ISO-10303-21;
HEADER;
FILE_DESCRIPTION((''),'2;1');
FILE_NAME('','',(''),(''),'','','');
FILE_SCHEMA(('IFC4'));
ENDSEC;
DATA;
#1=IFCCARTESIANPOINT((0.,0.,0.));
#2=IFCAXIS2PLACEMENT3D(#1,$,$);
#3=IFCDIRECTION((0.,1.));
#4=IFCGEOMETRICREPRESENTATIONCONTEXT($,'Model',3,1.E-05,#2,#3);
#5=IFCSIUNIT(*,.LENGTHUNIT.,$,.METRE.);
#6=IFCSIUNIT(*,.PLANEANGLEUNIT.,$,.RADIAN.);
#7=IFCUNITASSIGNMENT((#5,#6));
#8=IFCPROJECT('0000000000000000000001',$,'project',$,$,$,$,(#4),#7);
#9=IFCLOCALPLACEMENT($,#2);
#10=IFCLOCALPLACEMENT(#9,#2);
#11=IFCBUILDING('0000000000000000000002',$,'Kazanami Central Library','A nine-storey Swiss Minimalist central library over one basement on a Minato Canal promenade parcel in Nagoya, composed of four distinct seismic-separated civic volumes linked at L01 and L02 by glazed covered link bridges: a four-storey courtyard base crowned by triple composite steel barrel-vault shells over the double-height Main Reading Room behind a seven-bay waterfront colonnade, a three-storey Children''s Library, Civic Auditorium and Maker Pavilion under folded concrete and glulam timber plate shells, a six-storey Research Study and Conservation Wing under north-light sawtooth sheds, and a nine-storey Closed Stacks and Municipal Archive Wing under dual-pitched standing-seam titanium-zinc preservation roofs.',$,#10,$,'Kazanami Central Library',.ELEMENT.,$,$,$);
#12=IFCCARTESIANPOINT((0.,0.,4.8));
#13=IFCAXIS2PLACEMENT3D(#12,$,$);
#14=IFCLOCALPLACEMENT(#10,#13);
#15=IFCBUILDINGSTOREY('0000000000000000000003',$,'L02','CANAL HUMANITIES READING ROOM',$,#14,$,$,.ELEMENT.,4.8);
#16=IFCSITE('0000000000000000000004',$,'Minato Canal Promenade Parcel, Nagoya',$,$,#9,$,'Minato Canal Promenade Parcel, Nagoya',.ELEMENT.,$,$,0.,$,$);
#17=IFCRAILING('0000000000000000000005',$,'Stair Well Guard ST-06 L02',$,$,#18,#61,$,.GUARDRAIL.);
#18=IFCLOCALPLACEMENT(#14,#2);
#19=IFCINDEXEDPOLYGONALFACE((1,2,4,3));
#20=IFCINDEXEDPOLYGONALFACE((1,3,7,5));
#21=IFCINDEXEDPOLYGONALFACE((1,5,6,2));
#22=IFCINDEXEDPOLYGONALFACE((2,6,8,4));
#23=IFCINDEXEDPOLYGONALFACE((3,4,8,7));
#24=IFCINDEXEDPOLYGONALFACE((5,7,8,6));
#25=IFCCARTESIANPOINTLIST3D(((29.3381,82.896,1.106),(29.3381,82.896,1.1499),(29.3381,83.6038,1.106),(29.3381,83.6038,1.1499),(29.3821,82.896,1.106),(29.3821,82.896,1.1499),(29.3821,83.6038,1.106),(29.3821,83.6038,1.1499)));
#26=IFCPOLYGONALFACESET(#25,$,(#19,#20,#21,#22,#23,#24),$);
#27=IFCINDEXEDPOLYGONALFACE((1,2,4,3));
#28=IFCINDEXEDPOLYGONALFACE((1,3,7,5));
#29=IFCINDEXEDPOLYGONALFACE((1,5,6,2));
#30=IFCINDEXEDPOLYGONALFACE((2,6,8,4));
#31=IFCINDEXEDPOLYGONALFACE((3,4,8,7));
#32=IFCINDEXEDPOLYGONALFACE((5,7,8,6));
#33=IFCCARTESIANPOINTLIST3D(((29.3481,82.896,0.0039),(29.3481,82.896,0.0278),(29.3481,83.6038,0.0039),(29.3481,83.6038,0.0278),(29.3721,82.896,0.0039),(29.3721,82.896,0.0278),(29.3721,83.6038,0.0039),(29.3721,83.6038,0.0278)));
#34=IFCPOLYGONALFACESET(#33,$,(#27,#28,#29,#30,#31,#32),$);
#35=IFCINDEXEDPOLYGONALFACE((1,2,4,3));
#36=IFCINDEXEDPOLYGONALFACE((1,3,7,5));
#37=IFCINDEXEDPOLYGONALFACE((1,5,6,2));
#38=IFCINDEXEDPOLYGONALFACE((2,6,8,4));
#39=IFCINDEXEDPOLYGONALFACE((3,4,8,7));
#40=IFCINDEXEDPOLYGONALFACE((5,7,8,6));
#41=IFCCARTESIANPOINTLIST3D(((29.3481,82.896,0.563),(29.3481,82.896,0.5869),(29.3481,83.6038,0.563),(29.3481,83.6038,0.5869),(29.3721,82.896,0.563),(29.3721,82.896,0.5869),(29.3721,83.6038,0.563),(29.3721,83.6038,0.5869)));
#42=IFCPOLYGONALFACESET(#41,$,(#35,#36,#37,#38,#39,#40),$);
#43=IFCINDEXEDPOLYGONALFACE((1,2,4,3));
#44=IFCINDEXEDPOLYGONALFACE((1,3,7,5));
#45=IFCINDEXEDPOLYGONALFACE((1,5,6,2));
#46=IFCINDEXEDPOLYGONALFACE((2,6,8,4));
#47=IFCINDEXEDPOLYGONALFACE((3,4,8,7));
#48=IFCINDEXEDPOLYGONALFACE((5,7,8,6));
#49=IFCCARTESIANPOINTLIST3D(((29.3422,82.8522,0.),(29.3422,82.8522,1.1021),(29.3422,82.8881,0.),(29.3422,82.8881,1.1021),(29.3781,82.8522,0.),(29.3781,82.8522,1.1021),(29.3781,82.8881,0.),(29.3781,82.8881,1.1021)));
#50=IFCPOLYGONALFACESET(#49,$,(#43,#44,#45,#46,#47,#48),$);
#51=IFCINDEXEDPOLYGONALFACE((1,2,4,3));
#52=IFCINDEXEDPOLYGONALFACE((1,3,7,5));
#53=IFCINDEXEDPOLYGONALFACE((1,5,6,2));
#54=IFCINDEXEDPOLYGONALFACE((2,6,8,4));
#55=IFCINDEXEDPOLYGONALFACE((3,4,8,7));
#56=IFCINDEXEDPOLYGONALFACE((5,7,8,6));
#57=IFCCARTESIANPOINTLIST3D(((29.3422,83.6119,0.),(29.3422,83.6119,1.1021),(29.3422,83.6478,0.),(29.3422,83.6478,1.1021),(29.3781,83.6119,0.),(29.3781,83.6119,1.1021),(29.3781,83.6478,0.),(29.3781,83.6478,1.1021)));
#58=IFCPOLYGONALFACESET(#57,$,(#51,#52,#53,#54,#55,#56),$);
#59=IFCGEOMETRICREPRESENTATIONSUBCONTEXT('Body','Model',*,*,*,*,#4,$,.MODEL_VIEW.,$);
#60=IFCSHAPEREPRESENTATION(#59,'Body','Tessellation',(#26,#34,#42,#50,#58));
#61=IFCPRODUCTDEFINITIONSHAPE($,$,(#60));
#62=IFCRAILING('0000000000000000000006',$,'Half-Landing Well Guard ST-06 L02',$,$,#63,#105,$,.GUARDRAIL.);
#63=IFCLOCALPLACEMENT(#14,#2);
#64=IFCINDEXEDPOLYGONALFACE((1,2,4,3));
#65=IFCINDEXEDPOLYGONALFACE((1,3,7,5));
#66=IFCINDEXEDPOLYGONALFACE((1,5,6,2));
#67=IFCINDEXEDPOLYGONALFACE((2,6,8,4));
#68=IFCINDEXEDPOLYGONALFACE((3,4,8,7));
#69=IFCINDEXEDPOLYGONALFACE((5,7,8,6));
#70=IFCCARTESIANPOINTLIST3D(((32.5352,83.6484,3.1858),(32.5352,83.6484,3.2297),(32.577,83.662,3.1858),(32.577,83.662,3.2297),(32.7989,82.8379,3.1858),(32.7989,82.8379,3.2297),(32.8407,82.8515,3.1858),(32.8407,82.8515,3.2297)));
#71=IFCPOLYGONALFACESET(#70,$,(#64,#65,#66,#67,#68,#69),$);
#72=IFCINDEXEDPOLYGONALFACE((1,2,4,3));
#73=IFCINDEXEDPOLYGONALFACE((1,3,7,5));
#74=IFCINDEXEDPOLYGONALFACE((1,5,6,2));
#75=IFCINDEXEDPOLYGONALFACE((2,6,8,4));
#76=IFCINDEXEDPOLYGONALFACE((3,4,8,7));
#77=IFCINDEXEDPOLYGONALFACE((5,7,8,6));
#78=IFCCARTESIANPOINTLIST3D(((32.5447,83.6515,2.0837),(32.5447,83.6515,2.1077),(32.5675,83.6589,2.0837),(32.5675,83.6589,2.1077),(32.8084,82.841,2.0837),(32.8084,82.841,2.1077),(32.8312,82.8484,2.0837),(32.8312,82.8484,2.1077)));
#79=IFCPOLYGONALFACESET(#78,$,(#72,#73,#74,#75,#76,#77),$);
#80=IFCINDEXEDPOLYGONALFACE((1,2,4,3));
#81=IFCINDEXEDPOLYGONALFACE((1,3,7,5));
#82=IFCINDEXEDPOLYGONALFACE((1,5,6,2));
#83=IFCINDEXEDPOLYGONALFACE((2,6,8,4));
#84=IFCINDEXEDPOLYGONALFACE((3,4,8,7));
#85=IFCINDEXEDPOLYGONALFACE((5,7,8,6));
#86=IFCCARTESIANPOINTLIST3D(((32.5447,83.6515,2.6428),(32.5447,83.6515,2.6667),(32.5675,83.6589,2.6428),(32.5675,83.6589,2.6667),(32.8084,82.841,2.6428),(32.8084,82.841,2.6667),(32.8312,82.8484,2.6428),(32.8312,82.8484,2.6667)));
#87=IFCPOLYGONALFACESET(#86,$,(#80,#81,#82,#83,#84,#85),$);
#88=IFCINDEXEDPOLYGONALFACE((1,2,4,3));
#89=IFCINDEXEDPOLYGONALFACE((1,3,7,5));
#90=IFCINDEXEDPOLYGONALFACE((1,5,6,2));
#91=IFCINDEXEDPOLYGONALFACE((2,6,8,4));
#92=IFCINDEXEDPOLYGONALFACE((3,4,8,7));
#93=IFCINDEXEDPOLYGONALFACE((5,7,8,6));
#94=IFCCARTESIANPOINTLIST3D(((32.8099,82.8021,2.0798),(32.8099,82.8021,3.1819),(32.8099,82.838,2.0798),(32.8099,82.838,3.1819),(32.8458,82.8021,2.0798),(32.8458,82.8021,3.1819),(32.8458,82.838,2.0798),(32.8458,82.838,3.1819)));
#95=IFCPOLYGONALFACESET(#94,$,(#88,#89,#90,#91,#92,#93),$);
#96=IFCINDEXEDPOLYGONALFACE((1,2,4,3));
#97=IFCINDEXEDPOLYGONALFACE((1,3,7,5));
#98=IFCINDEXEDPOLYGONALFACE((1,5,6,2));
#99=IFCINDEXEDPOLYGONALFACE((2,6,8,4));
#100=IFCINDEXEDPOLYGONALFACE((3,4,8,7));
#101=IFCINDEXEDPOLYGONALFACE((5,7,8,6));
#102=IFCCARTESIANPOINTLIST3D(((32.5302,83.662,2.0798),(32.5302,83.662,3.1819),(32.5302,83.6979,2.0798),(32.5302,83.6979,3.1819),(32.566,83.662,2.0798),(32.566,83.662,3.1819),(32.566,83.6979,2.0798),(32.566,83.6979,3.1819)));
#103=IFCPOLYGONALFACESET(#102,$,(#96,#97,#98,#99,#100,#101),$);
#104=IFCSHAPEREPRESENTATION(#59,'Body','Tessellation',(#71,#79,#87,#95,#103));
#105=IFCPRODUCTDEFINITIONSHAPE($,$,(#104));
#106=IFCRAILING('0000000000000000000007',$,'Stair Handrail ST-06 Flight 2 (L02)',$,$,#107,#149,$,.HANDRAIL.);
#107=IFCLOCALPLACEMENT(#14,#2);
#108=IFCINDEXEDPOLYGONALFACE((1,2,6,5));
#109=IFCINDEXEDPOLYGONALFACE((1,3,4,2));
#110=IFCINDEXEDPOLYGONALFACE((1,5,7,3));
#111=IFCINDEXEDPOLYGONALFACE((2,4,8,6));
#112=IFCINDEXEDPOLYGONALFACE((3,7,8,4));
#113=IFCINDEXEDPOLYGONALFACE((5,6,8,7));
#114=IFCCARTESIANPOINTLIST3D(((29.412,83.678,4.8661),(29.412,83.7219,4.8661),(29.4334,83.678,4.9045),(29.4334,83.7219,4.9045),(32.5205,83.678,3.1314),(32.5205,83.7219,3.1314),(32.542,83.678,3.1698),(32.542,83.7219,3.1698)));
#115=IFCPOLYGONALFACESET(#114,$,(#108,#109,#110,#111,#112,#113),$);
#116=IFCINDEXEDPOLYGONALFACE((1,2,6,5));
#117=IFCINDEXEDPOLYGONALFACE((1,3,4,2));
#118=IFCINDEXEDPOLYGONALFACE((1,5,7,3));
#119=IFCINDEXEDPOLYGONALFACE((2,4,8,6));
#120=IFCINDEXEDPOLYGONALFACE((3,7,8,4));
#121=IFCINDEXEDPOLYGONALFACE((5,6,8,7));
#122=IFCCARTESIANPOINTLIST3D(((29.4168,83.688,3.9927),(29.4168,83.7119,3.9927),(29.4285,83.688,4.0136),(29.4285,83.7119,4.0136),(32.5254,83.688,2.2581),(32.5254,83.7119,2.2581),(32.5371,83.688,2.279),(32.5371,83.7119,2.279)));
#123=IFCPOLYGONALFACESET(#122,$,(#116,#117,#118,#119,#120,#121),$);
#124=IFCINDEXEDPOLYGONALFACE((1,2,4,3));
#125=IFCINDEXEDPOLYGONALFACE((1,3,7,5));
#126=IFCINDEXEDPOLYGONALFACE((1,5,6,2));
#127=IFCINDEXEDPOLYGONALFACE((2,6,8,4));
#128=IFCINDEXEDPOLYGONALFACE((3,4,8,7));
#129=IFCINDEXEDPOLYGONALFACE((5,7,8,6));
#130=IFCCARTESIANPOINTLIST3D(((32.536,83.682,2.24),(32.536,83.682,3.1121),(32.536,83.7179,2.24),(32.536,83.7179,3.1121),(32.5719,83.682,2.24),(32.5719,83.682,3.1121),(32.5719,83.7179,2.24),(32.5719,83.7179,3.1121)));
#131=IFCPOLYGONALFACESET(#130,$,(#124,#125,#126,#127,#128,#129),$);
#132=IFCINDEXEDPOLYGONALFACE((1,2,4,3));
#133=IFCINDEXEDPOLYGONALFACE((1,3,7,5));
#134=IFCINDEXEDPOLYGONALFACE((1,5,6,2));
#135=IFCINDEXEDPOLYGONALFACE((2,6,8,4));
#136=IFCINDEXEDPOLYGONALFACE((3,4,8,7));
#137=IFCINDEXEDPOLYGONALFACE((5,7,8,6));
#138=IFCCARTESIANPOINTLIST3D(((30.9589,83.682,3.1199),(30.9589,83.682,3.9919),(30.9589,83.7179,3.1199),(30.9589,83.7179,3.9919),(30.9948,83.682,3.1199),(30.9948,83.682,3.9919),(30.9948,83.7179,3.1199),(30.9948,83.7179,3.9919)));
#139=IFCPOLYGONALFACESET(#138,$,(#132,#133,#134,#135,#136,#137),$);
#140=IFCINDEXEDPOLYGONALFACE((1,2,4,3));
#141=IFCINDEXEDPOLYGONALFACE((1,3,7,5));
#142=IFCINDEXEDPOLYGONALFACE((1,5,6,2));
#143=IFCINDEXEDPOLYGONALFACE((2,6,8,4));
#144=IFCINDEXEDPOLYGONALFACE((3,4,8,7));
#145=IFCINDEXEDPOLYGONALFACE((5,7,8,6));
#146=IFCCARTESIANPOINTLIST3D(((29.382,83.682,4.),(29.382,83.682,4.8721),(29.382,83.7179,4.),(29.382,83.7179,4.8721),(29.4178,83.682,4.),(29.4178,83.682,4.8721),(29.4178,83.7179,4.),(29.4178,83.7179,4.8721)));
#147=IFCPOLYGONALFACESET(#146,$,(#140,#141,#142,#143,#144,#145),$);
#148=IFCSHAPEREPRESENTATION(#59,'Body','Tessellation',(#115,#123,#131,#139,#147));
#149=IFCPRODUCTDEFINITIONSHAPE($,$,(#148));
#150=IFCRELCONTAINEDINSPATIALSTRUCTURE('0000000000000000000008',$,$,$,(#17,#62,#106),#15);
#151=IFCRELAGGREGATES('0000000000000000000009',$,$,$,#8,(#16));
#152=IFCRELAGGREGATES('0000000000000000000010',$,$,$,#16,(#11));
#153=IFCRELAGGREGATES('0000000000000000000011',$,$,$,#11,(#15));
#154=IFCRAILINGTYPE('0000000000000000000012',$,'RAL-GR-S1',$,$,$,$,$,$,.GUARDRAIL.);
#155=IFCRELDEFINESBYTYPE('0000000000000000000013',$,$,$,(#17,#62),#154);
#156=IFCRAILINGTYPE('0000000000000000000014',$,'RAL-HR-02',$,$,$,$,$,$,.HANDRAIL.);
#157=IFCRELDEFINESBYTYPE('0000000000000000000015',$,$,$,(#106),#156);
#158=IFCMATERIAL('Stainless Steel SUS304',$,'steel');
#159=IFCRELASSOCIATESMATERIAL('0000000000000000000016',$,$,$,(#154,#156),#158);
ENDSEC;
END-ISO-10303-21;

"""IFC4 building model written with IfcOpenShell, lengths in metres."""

from ifc_helpers import new_model, si_unit, direction, frame, origin, origin_2d, place, context, subcontext, project, spatial, rectangle, extrude, material, type_object, element, save


model = new_model("IFC4")

# Units and contexts
model_context = context("Model", 3, precision=1e-05, world=origin(), true_north=direction((0.0, 1.0)))
body_context = subcontext(model_context, "Body", "Model", "MODEL_VIEW")
ifc_project = project(units=[si_unit("LENGTHUNIT", "METRE"), si_unit("PLANEANGLEUNIT", "RADIAN")], contexts=[model_context])

# Site, building, storey
site_placement = place(None, origin())
site = spatial("IfcSite", under=ifc_project, at=site_placement, Name="Minato Canal Promenade Parcel, Nagoya", LongName="Minato Canal Promenade Parcel, Nagoya", CompositionType="ELEMENT", RefElevation=0.0)
building_placement = place(site_placement, origin())
building = spatial("IfcBuilding", under=site, at=building_placement, Name="Kazanami Central Library", Description="A nine-storey Swiss Minimalist central library over one basement on a Minato Canal promenade parcel in Nagoya, composed of four distinct seismic-separated civic volumes linked at L01 and L02 by glazed covered link bridges: a four-storey courtyard base crowned by triple composite steel barrel-vault shells over the double-height Main Reading Room behind a seven-bay waterfront colonnade, a three-storey Children's Library, Civic Auditorium and Maker Pavilion under folded concrete and glulam timber plate shells, a six-storey Research Study and Conservation Wing under north-light sawtooth sheds, and a nine-storey Closed Stacks and Municipal Archive Wing under dual-pitched standing-seam titanium-zinc preservation roofs.", LongName="Kazanami Central Library", CompositionType="ELEMENT")
storey_placement = place(building_placement, frame((0.0, 0.0, 4.8)))
storey = spatial("IfcBuildingStorey", under=building, at=storey_placement, Name="L02", Description="CANAL HUMANITIES READING ROOM", CompositionType="ELEMENT", Elevation=4.8)

# Railings
ifc_material_1 = material(Name="Stainless Steel SUS304", Category="steel")
railing_type_1 = type_object("IfcRailingType", Name="RAL-GR-S1", PredefinedType="GUARDRAIL", material=ifc_material_1)
railing_1_placement = place(storey_placement, frame((29.3601, 82.8701, 0.0)))
element("IfcRailing", 1, at=railing_1_placement, inside=storey, type_object=railing_type_1, Name="Stair Well Guard ST-06 L02", PredefinedType="GUARDRAIL", context=body_context, shape_type="SweptSolid", body=[
    extrude(rectangle(XDim=0.0439, YDim=0.0439, at=origin_2d()), frame((0.0, 0.0259, 1.1279), z_axis=(0.0, 1.0, 0.0), x_axis=(-1.0, 0.0, 0.0)), (0.0, 0.0, 1.0), 0.7078),
    extrude(rectangle(XDim=0.0239, YDim=0.0239, at=origin_2d()), frame((0.0, 0.0259, 0.0159), z_axis=(0.0, 1.0, 0.0), x_axis=(-1.0, 0.0, 0.0)), (0.0, 0.0, 1.0), 0.7078),
    extrude(rectangle(XDim=0.0239, YDim=0.0239, at=origin_2d()), frame((0.0, 0.0259, 0.575), z_axis=(0.0, 1.0, 0.0), x_axis=(-1.0, 0.0, 0.0)), (0.0, 0.0, 1.0), 0.7078),
    extrude(rectangle(XDim=0.0359, YDim=0.0359, at=origin_2d()), origin(), (0.0, 0.0, 1.0), 1.1021),
    extrude(rectangle(XDim=0.0359, YDim=0.0359, at=origin_2d()), frame((0.0, 0.7598, 0.0)), (0.0, 0.0, 1.0), 1.1021),
])
railing_2_placement = place(storey_placement, frame((32.8279, 82.8201, 2.0798)))
element("IfcRailing", 2, at=railing_2_placement, inside=storey, type_object=railing_type_1, Name="Half-Landing Well Guard ST-06 L02", PredefinedType="GUARDRAIL", context=body_context, shape_type="SweptSolid", body=[
    extrude(rectangle(XDim=0.0439, YDim=0.0439, at=origin_2d()), frame((-0.0081, 0.0247, 1.1279), z_axis=(-0.309416, 0.950927, 0.0), x_axis=(-0.950927, -0.309416, 0.0)), (0.0, 0.0, 1.0), 0.8523),
    extrude(rectangle(XDim=0.0239, YDim=0.0239, at=origin_2d()), frame((-0.0081, 0.0247, 0.0159), z_axis=(-0.309416, 0.950927, 0.0), x_axis=(-0.950927, -0.309416, 0.0)), (0.0, 0.0, 1.0), 0.8523),
    extrude(rectangle(XDim=0.0239, YDim=0.0239, at=origin_2d()), frame((-0.0081, 0.0247, 0.575), z_axis=(-0.309416, 0.950927, 0.0), x_axis=(-0.950927, -0.309416, 0.0)), (0.0, 0.0, 1.0), 0.8523),
    extrude(rectangle(XDim=0.0359, YDim=0.0359, at=origin_2d()), origin(), (0.0, 0.0, 1.0), 1.1021),
    extrude(rectangle(XDim=0.0359, YDim=0.0359, at=origin_2d()), frame((-0.2798, 0.8599, 0.0)), (0.0, 0.0, 1.0), 1.1021),
])
railing_type_2 = type_object("IfcRailingType", Name="RAL-HR-02", PredefinedType="HANDRAIL", material=ifc_material_1)
railing_3_placement = place(storey_placement, frame((32.554, 83.7, 2.24)))
element("IfcRailing", 3, at=railing_3_placement, inside=storey, type_object=railing_type_2, Name="Stair Handrail ST-06 Flight 2 (L02)", PredefinedType="HANDRAIL", context=body_context, shape_type="SweptSolid", body=[
    extrude(rectangle(XDim=0.0439, YDim=0.0439, at=origin_2d()), frame((-0.0227, 0.0, 0.9106), z_axis=(-0.873244, 0.0, 0.487283), x_axis=(0.0, -1.0, 0.0)), (0.0, 0.0, 1.0), 3.5598),
    extrude(rectangle(XDim=0.0239, YDim=0.0239, at=origin_2d()), frame((-0.0227, 0.0, 0.0286), z_axis=(-0.873244, 0.0, 0.487283), x_axis=(0.0, -1.0, 0.0)), (0.0, 0.0, 1.0), 3.5598),
    extrude(rectangle(XDim=0.0359, YDim=0.0359, at=origin_2d()), origin(), (0.0, 0.0, 1.0), 0.8721),
    extrude(rectangle(XDim=0.0359, YDim=0.0359, at=origin_2d()), frame((-1.5771, 0.0, 0.8799)), (0.0, 0.0, 1.0), 0.8721),
    extrude(rectangle(XDim=0.0359, YDim=0.0359, at=origin_2d()), frame((-3.1541, 0.0, 1.76)), (0.0, 0.0, 1.0), 0.8721),
])

save(model, "model.ifc")
